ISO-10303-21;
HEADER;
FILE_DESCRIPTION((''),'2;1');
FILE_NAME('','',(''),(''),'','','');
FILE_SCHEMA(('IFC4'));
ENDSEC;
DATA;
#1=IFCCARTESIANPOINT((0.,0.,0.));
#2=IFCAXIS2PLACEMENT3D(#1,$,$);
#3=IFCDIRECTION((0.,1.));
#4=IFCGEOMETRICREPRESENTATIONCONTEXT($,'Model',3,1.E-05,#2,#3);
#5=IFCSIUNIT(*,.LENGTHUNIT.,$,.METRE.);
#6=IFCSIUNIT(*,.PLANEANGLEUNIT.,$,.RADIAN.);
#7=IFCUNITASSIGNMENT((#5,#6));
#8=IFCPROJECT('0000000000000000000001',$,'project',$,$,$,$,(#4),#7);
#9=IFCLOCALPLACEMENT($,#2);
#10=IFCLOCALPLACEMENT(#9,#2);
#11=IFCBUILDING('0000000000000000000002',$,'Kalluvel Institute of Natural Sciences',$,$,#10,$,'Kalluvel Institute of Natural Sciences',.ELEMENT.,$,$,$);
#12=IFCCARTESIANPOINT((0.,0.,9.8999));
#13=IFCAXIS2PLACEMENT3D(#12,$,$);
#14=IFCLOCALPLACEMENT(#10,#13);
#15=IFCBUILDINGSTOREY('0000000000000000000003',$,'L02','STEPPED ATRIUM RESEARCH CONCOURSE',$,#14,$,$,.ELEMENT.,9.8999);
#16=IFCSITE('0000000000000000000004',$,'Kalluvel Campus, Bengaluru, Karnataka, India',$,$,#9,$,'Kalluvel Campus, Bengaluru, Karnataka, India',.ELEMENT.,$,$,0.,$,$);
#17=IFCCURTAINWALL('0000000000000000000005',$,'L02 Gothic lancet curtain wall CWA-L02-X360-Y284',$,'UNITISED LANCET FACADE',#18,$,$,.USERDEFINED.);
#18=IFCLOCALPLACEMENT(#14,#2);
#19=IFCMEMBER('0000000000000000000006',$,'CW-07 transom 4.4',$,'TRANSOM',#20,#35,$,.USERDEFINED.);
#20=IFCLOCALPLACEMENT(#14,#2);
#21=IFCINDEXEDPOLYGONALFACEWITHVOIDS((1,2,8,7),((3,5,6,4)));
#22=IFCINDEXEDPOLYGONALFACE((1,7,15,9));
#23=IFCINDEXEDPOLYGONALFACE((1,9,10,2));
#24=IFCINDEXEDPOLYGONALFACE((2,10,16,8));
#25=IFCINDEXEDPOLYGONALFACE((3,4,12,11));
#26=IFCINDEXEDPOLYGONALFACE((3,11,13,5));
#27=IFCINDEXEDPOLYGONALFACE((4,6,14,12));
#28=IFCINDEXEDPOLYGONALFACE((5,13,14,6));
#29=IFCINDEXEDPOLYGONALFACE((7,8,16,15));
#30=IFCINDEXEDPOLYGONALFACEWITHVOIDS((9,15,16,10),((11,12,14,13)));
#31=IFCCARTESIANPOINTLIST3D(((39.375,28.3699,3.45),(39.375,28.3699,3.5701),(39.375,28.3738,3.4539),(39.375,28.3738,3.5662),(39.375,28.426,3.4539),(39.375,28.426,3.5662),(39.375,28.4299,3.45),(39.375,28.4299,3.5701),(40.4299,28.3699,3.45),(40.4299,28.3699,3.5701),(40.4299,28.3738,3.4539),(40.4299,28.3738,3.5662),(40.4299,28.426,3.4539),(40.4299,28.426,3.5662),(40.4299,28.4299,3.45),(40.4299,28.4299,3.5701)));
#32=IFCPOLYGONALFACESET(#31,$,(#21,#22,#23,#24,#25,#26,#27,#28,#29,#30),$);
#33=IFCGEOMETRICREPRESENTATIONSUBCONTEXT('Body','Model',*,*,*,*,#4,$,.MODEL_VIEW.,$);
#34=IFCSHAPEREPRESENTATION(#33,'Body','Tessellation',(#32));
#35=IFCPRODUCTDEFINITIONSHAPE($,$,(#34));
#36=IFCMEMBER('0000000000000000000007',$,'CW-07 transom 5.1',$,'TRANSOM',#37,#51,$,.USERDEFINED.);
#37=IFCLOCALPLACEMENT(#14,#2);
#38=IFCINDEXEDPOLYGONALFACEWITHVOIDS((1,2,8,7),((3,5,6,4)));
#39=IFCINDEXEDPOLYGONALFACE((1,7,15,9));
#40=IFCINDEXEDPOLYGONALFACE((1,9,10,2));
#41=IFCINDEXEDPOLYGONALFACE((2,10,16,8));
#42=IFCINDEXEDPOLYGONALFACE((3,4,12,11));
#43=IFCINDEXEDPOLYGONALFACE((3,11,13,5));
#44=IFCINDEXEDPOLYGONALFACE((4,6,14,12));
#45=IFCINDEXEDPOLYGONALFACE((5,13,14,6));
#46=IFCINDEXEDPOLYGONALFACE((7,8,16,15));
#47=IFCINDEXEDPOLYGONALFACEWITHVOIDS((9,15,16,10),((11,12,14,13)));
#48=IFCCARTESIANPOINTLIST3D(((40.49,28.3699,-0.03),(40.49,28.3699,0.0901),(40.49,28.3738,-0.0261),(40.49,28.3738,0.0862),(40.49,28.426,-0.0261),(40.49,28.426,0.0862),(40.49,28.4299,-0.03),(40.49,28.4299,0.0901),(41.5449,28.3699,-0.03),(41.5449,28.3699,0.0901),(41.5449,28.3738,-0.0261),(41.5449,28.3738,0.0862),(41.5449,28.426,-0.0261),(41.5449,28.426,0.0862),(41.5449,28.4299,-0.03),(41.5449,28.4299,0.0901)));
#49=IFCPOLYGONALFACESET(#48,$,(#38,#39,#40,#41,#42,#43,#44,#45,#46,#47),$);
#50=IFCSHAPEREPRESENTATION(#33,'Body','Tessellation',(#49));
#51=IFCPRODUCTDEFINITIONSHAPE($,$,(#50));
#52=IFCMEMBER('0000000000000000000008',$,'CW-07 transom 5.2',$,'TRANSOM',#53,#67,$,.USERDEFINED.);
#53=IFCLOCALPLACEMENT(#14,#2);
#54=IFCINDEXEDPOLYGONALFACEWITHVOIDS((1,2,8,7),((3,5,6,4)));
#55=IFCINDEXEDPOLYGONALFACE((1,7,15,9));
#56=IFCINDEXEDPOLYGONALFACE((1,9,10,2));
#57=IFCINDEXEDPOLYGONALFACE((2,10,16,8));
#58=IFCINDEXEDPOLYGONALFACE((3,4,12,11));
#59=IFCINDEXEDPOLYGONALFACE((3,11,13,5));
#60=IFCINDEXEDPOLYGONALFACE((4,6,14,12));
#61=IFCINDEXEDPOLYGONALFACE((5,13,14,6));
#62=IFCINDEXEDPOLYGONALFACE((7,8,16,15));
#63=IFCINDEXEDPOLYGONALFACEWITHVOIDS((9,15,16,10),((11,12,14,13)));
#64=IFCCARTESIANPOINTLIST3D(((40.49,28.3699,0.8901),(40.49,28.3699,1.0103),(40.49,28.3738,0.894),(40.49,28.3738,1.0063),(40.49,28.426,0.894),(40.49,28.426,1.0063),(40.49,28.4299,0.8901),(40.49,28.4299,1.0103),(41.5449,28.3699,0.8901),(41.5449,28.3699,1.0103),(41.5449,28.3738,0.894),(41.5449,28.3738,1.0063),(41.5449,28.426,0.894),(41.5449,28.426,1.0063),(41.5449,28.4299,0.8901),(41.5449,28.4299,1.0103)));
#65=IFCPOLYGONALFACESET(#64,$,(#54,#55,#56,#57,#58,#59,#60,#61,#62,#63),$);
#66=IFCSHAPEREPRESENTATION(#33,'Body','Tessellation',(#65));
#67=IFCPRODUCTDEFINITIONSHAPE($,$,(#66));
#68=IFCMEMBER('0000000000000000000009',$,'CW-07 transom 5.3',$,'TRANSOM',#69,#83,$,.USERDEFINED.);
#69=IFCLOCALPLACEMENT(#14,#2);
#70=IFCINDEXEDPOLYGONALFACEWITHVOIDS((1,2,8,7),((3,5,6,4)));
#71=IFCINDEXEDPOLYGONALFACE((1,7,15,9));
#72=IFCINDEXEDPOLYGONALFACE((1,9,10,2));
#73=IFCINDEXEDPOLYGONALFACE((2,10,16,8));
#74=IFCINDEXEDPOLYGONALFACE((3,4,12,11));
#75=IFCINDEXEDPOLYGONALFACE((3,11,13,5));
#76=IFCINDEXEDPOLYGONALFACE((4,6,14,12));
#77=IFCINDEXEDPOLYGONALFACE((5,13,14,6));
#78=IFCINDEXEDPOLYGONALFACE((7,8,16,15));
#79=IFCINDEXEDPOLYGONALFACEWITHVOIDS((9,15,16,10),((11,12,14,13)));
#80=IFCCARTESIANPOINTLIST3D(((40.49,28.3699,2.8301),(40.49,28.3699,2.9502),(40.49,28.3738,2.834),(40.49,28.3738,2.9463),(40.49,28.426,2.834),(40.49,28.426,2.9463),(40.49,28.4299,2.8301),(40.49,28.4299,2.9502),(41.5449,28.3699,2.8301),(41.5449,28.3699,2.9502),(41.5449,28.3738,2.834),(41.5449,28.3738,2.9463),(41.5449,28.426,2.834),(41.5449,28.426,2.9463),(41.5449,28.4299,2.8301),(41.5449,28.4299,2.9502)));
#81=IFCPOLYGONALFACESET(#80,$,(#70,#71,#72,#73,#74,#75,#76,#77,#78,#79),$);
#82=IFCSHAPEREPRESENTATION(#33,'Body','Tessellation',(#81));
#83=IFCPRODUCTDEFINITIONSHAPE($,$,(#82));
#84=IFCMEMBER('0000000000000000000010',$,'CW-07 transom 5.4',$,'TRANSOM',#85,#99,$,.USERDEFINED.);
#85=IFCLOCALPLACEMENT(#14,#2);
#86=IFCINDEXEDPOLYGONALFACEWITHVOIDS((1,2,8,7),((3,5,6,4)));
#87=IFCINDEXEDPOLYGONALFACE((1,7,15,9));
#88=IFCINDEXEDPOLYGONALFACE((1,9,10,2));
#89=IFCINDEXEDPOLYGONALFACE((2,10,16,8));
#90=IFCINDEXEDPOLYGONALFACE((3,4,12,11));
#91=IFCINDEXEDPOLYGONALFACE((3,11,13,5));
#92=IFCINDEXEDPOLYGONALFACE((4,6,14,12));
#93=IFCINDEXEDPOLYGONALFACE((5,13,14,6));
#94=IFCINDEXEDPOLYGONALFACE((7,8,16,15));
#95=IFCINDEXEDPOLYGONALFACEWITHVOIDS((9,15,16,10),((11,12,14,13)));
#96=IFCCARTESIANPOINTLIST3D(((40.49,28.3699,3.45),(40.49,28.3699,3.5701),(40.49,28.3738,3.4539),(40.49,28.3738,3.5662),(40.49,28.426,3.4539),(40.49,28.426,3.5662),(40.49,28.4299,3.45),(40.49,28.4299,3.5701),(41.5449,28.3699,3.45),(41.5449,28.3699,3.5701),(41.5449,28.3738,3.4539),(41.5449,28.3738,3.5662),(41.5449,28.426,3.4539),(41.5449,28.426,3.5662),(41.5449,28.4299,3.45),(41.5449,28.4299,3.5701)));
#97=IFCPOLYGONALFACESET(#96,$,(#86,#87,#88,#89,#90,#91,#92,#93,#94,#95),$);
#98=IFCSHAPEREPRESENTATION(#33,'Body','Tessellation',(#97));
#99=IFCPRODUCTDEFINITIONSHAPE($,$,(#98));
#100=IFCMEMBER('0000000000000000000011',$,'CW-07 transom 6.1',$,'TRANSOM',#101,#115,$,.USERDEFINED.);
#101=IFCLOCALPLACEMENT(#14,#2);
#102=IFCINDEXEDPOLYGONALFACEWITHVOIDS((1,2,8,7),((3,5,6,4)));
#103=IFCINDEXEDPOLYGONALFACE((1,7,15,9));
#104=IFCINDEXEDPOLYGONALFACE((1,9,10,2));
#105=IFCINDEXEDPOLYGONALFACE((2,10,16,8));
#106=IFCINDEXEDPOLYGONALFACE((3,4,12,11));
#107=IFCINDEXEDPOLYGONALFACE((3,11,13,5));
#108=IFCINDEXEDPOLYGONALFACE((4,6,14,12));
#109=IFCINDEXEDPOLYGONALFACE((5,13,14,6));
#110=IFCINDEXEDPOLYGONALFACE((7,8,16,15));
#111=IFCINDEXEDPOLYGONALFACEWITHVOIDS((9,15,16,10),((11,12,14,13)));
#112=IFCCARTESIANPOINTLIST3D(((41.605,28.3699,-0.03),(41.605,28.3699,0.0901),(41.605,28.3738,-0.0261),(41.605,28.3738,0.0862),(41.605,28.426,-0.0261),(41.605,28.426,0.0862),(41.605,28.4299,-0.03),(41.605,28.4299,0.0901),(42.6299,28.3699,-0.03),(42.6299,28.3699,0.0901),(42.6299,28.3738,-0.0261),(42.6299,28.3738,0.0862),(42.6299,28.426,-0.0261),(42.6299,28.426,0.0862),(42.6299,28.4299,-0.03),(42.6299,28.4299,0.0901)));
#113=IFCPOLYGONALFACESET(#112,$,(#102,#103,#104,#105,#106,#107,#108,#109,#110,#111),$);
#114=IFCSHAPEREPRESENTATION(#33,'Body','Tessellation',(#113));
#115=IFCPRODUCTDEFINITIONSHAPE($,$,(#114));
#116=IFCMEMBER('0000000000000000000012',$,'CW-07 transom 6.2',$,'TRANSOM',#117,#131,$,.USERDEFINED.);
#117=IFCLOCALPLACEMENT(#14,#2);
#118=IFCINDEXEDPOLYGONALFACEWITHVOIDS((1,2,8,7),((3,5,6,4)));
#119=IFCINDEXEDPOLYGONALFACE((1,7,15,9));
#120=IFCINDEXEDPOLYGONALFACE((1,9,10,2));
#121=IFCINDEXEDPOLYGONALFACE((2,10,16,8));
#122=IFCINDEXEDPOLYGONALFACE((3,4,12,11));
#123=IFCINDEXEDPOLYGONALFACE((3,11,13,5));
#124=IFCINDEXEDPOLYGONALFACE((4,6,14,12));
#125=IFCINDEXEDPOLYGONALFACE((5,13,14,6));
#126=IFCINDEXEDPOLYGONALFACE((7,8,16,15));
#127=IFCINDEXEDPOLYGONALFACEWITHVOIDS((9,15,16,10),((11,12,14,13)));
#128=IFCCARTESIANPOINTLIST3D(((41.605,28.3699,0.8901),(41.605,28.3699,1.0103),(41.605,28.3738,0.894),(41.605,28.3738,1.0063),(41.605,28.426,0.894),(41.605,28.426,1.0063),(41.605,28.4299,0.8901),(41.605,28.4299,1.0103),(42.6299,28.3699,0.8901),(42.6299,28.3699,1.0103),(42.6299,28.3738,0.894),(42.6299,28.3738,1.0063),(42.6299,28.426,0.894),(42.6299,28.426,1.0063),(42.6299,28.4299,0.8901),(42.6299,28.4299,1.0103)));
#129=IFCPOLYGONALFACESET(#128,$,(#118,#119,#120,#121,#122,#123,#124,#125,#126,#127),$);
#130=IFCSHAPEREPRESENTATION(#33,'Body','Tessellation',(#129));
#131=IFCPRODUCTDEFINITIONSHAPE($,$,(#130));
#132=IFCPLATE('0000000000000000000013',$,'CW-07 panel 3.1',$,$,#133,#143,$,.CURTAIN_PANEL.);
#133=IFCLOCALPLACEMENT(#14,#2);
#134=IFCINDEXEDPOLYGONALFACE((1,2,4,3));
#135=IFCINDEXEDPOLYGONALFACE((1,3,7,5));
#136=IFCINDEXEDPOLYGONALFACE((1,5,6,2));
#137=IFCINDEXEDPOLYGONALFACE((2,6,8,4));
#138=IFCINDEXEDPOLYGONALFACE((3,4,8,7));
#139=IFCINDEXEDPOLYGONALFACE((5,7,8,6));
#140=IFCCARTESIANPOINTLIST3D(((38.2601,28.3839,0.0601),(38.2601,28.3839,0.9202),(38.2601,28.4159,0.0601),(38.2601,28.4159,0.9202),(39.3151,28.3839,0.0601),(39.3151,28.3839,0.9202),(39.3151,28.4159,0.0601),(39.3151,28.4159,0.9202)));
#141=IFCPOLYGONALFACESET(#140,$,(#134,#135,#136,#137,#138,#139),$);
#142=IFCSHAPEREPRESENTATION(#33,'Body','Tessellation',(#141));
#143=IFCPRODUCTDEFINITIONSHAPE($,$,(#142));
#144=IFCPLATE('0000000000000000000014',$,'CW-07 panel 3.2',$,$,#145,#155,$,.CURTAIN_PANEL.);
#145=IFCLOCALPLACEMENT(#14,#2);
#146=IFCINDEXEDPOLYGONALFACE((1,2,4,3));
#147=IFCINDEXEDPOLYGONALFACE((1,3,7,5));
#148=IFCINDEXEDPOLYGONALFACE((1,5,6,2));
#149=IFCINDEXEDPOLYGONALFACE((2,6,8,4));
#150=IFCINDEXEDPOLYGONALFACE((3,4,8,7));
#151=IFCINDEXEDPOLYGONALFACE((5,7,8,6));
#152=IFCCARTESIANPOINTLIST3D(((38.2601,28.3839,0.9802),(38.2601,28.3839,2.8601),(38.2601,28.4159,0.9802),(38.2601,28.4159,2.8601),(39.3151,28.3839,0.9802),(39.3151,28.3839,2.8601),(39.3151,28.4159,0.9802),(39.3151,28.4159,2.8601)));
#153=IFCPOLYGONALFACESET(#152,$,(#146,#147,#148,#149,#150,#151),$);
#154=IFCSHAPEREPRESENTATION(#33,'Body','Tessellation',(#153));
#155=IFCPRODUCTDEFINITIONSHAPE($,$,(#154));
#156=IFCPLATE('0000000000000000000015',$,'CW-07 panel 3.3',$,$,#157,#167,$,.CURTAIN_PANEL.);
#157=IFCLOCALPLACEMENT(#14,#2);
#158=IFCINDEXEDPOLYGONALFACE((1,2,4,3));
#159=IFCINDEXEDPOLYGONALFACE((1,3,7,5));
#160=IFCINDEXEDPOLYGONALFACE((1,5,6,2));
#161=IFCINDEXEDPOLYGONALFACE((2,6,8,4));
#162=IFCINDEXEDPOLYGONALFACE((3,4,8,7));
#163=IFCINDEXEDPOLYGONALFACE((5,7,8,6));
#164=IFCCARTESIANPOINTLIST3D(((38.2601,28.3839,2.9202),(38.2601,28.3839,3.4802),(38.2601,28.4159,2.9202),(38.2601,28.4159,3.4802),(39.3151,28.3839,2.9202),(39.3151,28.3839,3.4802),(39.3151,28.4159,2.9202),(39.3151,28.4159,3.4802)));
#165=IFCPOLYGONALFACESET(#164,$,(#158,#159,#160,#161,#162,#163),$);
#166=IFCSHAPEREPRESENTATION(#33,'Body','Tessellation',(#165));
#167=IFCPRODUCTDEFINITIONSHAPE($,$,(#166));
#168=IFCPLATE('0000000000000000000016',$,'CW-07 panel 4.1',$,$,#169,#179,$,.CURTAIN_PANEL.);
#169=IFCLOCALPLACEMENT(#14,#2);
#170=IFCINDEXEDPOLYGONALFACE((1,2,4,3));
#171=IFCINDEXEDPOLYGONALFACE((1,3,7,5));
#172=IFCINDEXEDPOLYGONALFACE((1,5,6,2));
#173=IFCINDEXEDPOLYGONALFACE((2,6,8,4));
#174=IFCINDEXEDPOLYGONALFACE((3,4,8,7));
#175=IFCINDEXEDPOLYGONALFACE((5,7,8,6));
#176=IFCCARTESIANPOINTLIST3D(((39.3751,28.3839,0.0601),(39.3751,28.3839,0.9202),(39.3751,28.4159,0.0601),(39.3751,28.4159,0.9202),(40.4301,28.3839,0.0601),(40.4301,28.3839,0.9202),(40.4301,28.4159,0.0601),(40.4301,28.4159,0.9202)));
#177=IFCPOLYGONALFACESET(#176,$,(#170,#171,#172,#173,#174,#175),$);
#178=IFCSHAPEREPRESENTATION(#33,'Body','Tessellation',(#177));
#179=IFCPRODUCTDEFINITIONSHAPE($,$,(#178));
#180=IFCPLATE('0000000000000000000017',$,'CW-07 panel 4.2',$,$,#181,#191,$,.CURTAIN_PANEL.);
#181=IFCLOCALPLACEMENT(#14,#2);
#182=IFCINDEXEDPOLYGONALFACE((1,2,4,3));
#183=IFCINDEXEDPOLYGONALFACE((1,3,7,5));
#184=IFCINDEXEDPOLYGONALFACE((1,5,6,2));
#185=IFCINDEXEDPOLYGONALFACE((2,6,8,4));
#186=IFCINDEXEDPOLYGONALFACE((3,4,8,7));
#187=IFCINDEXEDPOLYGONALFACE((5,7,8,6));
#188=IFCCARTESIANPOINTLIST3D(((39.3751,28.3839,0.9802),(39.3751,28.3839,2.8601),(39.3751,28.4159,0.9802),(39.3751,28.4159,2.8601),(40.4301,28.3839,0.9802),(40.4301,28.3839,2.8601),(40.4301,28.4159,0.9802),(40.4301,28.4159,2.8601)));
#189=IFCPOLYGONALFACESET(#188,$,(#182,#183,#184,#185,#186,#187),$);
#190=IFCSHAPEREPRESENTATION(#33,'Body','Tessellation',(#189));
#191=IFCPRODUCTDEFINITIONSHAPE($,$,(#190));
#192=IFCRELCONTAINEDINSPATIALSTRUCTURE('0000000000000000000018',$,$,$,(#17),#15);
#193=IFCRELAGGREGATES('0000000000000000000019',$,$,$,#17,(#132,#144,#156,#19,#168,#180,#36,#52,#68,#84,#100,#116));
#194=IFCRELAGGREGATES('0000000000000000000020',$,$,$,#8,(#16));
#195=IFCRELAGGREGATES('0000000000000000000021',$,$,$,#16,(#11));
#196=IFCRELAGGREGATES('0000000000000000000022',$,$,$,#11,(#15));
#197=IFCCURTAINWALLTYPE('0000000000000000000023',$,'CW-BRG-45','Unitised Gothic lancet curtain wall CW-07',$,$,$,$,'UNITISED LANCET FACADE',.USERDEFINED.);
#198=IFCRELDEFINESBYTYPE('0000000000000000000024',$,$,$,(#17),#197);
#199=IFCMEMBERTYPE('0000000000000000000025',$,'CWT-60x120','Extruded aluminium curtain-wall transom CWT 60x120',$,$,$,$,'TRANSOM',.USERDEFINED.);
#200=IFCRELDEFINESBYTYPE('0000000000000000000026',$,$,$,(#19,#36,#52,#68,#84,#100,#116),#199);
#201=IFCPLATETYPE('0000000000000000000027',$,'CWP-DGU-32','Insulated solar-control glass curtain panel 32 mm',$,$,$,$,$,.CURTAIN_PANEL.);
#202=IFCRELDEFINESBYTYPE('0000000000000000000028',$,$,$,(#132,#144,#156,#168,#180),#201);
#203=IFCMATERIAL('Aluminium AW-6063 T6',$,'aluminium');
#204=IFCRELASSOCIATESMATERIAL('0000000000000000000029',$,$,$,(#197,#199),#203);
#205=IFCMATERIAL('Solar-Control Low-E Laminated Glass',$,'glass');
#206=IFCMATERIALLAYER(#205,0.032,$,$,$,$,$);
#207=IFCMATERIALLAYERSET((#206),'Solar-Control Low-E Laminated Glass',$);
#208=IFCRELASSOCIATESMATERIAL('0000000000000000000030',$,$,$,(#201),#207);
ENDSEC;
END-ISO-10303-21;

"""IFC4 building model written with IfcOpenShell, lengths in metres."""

from ifc_helpers import new_model, si_unit, direction, frame, origin, origin_2d, place, context, subcontext, project, spatial, rectangle, hollow_rectangle, extrude, material, layer, layer_set, material_profile, profile_set, type_object, element, aggregate, save


model = new_model("IFC4")

# Units and contexts
model_context = context("Model", 3, precision=1e-05, world=origin(), true_north=direction((0.0, 1.0)))
body_context = subcontext(model_context, "Body", "Model", "MODEL_VIEW")
ifc_project = project(units=[si_unit("LENGTHUNIT", "METRE"), si_unit("PLANEANGLEUNIT", "RADIAN")], contexts=[model_context])

# Site, building, storey
site_placement = place(None, origin())
site = spatial("IfcSite", under=ifc_project, at=site_placement, Name="Kalluvel Campus, Bengaluru, Karnataka, India", LongName="Kalluvel Campus, Bengaluru, Karnataka, India", CompositionType="ELEMENT", RefElevation=0.0)
building_placement = place(site_placement, origin())
building = spatial("IfcBuilding", under=site, at=building_placement, Name="Kalluvel Institute of Natural Sciences", LongName="Kalluvel Institute of Natural Sciences", CompositionType="ELEMENT")
storey_placement = place(building_placement, frame((0.0, 0.0, 9.8999)))
storey = spatial("IfcBuildingStorey", under=building, at=storey_placement, Name="L02", Description="STEPPED ATRIUM RESEARCH CONCOURSE", CompositionType="ELEMENT", Elevation=9.8999)

# Curtain wall, members, plates
ifc_material_1 = material(Name="Aluminium AW-6063 T6", Category="aluminium")
curtain_wall_type = type_object("IfcCurtainWallType", Name="CW-BRG-45", Description="Unitised Gothic lancet curtain wall CW-07", ElementType="UNITISED LANCET FACADE", PredefinedType="USERDEFINED", material=ifc_material_1)
curtain_wall_placement = place(storey_placement, origin())
curtain_wall = element("IfcCurtainWall", 1, at=curtain_wall_placement, inside=storey, type_object=curtain_wall_type, Name="L02 Gothic lancet curtain wall CWA-L02-X360-Y284", ObjectType="UNITISED LANCET FACADE", PredefinedType="USERDEFINED")
ifc_material_profile_1 = material_profile(ifc_material_1, hollow_rectangle(XDim=0.0601, YDim=0.1201, WallThickness=0.0039, at=origin_2d()), Name="CWT 60x120")
ifc_profile_set_1 = profile_set([ifc_material_profile_1], Name="Aluminium AW-6063 T6")
member_type_1 = type_object("IfcMemberType", Name="CWT-60x120", Description="Extruded aluminium curtain-wall transom CWT 60x120", ElementType="TRANSOM", PredefinedType="USERDEFINED", material=ifc_profile_set_1)
member_1_placement = place(storey_placement, frame((39.375, 28.3999, 3.51), z_axis=(1.0, 0.0, 0.0), x_axis=(0.0, 1.0, 0.0)))
member_1 = element("IfcMember", 2, at=member_1_placement, type_object=member_type_1, Name="CW-07 transom 4.4", ObjectType="TRANSOM", PredefinedType="USERDEFINED", context=body_context, shape_type="SweptSolid", body=[
    extrude(hollow_rectangle(XDim=0.0601, YDim=0.1201, WallThickness=0.0039, at=origin_2d()), origin(), (0.0, 0.0, 1.0), 1.0549),
])
member_2_placement = place(storey_placement, frame((40.49, 28.3999, 0.03), z_axis=(1.0, 0.0, 0.0), x_axis=(0.0, 1.0, 0.0)))
member_2 = element("IfcMember", 3, at=member_2_placement, type_object=member_type_1, Name="CW-07 transom 5.1", ObjectType="TRANSOM", PredefinedType="USERDEFINED", context=body_context, shape_type="SweptSolid", body=[
    extrude(hollow_rectangle(XDim=0.0601, YDim=0.1201, WallThickness=0.0039, at=origin_2d()), origin(), (0.0, 0.0, 1.0), 1.0549),
])
member_3_placement = place(storey_placement, frame((40.49, 28.3999, 0.9502), z_axis=(1.0, 0.0, 0.0), x_axis=(0.0, 1.0, 0.0)))
member_3 = element("IfcMember", 4, at=member_3_placement, type_object=member_type_1, Name="CW-07 transom 5.2", ObjectType="TRANSOM", PredefinedType="USERDEFINED", context=body_context, shape_type="SweptSolid", body=[
    extrude(hollow_rectangle(XDim=0.0601, YDim=0.1201, WallThickness=0.0039, at=origin_2d()), origin(), (0.0, 0.0, 1.0), 1.0549),
])
member_4_placement = place(storey_placement, frame((40.49, 28.3999, 2.8901), z_axis=(1.0, 0.0, 0.0), x_axis=(0.0, 1.0, 0.0)))
member_4 = element("IfcMember", 5, at=member_4_placement, type_object=member_type_1, Name="CW-07 transom 5.3", ObjectType="TRANSOM", PredefinedType="USERDEFINED", context=body_context, shape_type="SweptSolid", body=[
    extrude(hollow_rectangle(XDim=0.0601, YDim=0.1201, WallThickness=0.0039, at=origin_2d()), origin(), (0.0, 0.0, 1.0), 1.0549),
])
member_5_placement = place(storey_placement, frame((40.49, 28.3999, 3.51), z_axis=(1.0, 0.0, 0.0), x_axis=(0.0, 1.0, 0.0)))
member_5 = element("IfcMember", 6, at=member_5_placement, type_object=member_type_1, Name="CW-07 transom 5.4", ObjectType="TRANSOM", PredefinedType="USERDEFINED", context=body_context, shape_type="SweptSolid", body=[
    extrude(hollow_rectangle(XDim=0.0601, YDim=0.1201, WallThickness=0.0039, at=origin_2d()), origin(), (0.0, 0.0, 1.0), 1.0549),
])
member_6_placement = place(storey_placement, frame((41.605, 28.3999, 0.03), z_axis=(1.0, 0.0, 0.0), x_axis=(0.0, 1.0, 0.0)))
member_6 = element("IfcMember", 7, at=member_6_placement, type_object=member_type_1, Name="CW-07 transom 6.1", ObjectType="TRANSOM", PredefinedType="USERDEFINED", context=body_context, shape_type="SweptSolid", body=[
    extrude(hollow_rectangle(XDim=0.0601, YDim=0.1201, WallThickness=0.0039, at=origin_2d()), origin(), (0.0, 0.0, 1.0), 1.0249),
])
member_7_placement = place(storey_placement, frame((41.605, 28.3999, 0.9502), z_axis=(1.0, 0.0, 0.0), x_axis=(0.0, 1.0, 0.0)))
member_7 = element("IfcMember", 8, at=member_7_placement, type_object=member_type_1, Name="CW-07 transom 6.2", ObjectType="TRANSOM", PredefinedType="USERDEFINED", context=body_context, shape_type="SweptSolid", body=[
    extrude(hollow_rectangle(XDim=0.0601, YDim=0.1201, WallThickness=0.0039, at=origin_2d()), origin(), (0.0, 0.0, 1.0), 1.0249),
])
ifc_material_2 = material(Name="Solar-Control Low-E Laminated Glass", Category="glass")
ifc_layer = layer(ifc_material_2, 0.032)
ifc_layer_set = layer_set([ifc_layer], Name="Solar-Control Low-E Laminated Glass")
plate_type = type_object("IfcPlateType", Name="CWP-DGU-32", Description="Insulated solar-control glass curtain panel 32 mm", PredefinedType="CURTAIN_PANEL", material=ifc_layer_set)
plate_1_placement = place(storey_placement, frame((38.7876, 28.3999, 0.0601), z_axis=(0.0, 0.0, 1.0), x_axis=(1.0, 0.0, 0.0)))
plate_1 = element("IfcPlate", 9, at=plate_1_placement, type_object=plate_type, Name="CW-07 panel 3.1", PredefinedType="CURTAIN_PANEL", context=body_context, shape_type="SweptSolid", body=[
    extrude(rectangle(XDim=1.0549, YDim=0.032, at=origin_2d()), origin(), (0.0, 0.0, 1.0), 0.8601),
])
plate_2_placement = place(storey_placement, frame((38.7876, 28.3999, 0.9802), z_axis=(0.0, 0.0, 1.0), x_axis=(1.0, 0.0, 0.0)))
plate_2 = element("IfcPlate", 10, at=plate_2_placement, type_object=plate_type, Name="CW-07 panel 3.2", PredefinedType="CURTAIN_PANEL", context=body_context, shape_type="SweptSolid", body=[
    extrude(rectangle(XDim=1.0549, YDim=0.032, at=origin_2d()), origin(), (0.0, 0.0, 1.0), 1.8799),
])
plate_3_placement = place(storey_placement, frame((38.7876, 28.3999, 2.9202), z_axis=(0.0, 0.0, 1.0), x_axis=(1.0, 0.0, 0.0)))
plate_3 = element("IfcPlate", 11, at=plate_3_placement, type_object=plate_type, Name="CW-07 panel 3.3", PredefinedType="CURTAIN_PANEL", context=body_context, shape_type="SweptSolid", body=[
    extrude(rectangle(XDim=1.0549, YDim=0.032, at=origin_2d()), origin(), (0.0, 0.0, 1.0), 0.5601),
])
plate_4_placement = place(storey_placement, frame((39.9026, 28.3999, 0.0601), z_axis=(0.0, 0.0, 1.0), x_axis=(1.0, 0.0, 0.0)))
plate_4 = element("IfcPlate", 12, at=plate_4_placement, type_object=plate_type, Name="CW-07 panel 4.1", PredefinedType="CURTAIN_PANEL", context=body_context, shape_type="SweptSolid", body=[
    extrude(rectangle(XDim=1.0549, YDim=0.032, at=origin_2d()), origin(), (0.0, 0.0, 1.0), 0.8601),
])
plate_5_placement = place(storey_placement, frame((39.9026, 28.3999, 0.9802), z_axis=(0.0, 0.0, 1.0), x_axis=(1.0, 0.0, 0.0)))
plate_5 = element("IfcPlate", 13, at=plate_5_placement, type_object=plate_type, Name="CW-07 panel 4.2", PredefinedType="CURTAIN_PANEL", context=body_context, shape_type="SweptSolid", body=[
    extrude(rectangle(XDim=1.0549, YDim=0.032, at=origin_2d()), origin(), (0.0, 0.0, 1.0), 1.8799),
])
aggregate(curtain_wall, [plate_1, plate_2, plate_3, member_1, plate_4, plate_5, member_2, member_3, member_4, member_5, member_6, member_7])

save(model, "model.ifc")
